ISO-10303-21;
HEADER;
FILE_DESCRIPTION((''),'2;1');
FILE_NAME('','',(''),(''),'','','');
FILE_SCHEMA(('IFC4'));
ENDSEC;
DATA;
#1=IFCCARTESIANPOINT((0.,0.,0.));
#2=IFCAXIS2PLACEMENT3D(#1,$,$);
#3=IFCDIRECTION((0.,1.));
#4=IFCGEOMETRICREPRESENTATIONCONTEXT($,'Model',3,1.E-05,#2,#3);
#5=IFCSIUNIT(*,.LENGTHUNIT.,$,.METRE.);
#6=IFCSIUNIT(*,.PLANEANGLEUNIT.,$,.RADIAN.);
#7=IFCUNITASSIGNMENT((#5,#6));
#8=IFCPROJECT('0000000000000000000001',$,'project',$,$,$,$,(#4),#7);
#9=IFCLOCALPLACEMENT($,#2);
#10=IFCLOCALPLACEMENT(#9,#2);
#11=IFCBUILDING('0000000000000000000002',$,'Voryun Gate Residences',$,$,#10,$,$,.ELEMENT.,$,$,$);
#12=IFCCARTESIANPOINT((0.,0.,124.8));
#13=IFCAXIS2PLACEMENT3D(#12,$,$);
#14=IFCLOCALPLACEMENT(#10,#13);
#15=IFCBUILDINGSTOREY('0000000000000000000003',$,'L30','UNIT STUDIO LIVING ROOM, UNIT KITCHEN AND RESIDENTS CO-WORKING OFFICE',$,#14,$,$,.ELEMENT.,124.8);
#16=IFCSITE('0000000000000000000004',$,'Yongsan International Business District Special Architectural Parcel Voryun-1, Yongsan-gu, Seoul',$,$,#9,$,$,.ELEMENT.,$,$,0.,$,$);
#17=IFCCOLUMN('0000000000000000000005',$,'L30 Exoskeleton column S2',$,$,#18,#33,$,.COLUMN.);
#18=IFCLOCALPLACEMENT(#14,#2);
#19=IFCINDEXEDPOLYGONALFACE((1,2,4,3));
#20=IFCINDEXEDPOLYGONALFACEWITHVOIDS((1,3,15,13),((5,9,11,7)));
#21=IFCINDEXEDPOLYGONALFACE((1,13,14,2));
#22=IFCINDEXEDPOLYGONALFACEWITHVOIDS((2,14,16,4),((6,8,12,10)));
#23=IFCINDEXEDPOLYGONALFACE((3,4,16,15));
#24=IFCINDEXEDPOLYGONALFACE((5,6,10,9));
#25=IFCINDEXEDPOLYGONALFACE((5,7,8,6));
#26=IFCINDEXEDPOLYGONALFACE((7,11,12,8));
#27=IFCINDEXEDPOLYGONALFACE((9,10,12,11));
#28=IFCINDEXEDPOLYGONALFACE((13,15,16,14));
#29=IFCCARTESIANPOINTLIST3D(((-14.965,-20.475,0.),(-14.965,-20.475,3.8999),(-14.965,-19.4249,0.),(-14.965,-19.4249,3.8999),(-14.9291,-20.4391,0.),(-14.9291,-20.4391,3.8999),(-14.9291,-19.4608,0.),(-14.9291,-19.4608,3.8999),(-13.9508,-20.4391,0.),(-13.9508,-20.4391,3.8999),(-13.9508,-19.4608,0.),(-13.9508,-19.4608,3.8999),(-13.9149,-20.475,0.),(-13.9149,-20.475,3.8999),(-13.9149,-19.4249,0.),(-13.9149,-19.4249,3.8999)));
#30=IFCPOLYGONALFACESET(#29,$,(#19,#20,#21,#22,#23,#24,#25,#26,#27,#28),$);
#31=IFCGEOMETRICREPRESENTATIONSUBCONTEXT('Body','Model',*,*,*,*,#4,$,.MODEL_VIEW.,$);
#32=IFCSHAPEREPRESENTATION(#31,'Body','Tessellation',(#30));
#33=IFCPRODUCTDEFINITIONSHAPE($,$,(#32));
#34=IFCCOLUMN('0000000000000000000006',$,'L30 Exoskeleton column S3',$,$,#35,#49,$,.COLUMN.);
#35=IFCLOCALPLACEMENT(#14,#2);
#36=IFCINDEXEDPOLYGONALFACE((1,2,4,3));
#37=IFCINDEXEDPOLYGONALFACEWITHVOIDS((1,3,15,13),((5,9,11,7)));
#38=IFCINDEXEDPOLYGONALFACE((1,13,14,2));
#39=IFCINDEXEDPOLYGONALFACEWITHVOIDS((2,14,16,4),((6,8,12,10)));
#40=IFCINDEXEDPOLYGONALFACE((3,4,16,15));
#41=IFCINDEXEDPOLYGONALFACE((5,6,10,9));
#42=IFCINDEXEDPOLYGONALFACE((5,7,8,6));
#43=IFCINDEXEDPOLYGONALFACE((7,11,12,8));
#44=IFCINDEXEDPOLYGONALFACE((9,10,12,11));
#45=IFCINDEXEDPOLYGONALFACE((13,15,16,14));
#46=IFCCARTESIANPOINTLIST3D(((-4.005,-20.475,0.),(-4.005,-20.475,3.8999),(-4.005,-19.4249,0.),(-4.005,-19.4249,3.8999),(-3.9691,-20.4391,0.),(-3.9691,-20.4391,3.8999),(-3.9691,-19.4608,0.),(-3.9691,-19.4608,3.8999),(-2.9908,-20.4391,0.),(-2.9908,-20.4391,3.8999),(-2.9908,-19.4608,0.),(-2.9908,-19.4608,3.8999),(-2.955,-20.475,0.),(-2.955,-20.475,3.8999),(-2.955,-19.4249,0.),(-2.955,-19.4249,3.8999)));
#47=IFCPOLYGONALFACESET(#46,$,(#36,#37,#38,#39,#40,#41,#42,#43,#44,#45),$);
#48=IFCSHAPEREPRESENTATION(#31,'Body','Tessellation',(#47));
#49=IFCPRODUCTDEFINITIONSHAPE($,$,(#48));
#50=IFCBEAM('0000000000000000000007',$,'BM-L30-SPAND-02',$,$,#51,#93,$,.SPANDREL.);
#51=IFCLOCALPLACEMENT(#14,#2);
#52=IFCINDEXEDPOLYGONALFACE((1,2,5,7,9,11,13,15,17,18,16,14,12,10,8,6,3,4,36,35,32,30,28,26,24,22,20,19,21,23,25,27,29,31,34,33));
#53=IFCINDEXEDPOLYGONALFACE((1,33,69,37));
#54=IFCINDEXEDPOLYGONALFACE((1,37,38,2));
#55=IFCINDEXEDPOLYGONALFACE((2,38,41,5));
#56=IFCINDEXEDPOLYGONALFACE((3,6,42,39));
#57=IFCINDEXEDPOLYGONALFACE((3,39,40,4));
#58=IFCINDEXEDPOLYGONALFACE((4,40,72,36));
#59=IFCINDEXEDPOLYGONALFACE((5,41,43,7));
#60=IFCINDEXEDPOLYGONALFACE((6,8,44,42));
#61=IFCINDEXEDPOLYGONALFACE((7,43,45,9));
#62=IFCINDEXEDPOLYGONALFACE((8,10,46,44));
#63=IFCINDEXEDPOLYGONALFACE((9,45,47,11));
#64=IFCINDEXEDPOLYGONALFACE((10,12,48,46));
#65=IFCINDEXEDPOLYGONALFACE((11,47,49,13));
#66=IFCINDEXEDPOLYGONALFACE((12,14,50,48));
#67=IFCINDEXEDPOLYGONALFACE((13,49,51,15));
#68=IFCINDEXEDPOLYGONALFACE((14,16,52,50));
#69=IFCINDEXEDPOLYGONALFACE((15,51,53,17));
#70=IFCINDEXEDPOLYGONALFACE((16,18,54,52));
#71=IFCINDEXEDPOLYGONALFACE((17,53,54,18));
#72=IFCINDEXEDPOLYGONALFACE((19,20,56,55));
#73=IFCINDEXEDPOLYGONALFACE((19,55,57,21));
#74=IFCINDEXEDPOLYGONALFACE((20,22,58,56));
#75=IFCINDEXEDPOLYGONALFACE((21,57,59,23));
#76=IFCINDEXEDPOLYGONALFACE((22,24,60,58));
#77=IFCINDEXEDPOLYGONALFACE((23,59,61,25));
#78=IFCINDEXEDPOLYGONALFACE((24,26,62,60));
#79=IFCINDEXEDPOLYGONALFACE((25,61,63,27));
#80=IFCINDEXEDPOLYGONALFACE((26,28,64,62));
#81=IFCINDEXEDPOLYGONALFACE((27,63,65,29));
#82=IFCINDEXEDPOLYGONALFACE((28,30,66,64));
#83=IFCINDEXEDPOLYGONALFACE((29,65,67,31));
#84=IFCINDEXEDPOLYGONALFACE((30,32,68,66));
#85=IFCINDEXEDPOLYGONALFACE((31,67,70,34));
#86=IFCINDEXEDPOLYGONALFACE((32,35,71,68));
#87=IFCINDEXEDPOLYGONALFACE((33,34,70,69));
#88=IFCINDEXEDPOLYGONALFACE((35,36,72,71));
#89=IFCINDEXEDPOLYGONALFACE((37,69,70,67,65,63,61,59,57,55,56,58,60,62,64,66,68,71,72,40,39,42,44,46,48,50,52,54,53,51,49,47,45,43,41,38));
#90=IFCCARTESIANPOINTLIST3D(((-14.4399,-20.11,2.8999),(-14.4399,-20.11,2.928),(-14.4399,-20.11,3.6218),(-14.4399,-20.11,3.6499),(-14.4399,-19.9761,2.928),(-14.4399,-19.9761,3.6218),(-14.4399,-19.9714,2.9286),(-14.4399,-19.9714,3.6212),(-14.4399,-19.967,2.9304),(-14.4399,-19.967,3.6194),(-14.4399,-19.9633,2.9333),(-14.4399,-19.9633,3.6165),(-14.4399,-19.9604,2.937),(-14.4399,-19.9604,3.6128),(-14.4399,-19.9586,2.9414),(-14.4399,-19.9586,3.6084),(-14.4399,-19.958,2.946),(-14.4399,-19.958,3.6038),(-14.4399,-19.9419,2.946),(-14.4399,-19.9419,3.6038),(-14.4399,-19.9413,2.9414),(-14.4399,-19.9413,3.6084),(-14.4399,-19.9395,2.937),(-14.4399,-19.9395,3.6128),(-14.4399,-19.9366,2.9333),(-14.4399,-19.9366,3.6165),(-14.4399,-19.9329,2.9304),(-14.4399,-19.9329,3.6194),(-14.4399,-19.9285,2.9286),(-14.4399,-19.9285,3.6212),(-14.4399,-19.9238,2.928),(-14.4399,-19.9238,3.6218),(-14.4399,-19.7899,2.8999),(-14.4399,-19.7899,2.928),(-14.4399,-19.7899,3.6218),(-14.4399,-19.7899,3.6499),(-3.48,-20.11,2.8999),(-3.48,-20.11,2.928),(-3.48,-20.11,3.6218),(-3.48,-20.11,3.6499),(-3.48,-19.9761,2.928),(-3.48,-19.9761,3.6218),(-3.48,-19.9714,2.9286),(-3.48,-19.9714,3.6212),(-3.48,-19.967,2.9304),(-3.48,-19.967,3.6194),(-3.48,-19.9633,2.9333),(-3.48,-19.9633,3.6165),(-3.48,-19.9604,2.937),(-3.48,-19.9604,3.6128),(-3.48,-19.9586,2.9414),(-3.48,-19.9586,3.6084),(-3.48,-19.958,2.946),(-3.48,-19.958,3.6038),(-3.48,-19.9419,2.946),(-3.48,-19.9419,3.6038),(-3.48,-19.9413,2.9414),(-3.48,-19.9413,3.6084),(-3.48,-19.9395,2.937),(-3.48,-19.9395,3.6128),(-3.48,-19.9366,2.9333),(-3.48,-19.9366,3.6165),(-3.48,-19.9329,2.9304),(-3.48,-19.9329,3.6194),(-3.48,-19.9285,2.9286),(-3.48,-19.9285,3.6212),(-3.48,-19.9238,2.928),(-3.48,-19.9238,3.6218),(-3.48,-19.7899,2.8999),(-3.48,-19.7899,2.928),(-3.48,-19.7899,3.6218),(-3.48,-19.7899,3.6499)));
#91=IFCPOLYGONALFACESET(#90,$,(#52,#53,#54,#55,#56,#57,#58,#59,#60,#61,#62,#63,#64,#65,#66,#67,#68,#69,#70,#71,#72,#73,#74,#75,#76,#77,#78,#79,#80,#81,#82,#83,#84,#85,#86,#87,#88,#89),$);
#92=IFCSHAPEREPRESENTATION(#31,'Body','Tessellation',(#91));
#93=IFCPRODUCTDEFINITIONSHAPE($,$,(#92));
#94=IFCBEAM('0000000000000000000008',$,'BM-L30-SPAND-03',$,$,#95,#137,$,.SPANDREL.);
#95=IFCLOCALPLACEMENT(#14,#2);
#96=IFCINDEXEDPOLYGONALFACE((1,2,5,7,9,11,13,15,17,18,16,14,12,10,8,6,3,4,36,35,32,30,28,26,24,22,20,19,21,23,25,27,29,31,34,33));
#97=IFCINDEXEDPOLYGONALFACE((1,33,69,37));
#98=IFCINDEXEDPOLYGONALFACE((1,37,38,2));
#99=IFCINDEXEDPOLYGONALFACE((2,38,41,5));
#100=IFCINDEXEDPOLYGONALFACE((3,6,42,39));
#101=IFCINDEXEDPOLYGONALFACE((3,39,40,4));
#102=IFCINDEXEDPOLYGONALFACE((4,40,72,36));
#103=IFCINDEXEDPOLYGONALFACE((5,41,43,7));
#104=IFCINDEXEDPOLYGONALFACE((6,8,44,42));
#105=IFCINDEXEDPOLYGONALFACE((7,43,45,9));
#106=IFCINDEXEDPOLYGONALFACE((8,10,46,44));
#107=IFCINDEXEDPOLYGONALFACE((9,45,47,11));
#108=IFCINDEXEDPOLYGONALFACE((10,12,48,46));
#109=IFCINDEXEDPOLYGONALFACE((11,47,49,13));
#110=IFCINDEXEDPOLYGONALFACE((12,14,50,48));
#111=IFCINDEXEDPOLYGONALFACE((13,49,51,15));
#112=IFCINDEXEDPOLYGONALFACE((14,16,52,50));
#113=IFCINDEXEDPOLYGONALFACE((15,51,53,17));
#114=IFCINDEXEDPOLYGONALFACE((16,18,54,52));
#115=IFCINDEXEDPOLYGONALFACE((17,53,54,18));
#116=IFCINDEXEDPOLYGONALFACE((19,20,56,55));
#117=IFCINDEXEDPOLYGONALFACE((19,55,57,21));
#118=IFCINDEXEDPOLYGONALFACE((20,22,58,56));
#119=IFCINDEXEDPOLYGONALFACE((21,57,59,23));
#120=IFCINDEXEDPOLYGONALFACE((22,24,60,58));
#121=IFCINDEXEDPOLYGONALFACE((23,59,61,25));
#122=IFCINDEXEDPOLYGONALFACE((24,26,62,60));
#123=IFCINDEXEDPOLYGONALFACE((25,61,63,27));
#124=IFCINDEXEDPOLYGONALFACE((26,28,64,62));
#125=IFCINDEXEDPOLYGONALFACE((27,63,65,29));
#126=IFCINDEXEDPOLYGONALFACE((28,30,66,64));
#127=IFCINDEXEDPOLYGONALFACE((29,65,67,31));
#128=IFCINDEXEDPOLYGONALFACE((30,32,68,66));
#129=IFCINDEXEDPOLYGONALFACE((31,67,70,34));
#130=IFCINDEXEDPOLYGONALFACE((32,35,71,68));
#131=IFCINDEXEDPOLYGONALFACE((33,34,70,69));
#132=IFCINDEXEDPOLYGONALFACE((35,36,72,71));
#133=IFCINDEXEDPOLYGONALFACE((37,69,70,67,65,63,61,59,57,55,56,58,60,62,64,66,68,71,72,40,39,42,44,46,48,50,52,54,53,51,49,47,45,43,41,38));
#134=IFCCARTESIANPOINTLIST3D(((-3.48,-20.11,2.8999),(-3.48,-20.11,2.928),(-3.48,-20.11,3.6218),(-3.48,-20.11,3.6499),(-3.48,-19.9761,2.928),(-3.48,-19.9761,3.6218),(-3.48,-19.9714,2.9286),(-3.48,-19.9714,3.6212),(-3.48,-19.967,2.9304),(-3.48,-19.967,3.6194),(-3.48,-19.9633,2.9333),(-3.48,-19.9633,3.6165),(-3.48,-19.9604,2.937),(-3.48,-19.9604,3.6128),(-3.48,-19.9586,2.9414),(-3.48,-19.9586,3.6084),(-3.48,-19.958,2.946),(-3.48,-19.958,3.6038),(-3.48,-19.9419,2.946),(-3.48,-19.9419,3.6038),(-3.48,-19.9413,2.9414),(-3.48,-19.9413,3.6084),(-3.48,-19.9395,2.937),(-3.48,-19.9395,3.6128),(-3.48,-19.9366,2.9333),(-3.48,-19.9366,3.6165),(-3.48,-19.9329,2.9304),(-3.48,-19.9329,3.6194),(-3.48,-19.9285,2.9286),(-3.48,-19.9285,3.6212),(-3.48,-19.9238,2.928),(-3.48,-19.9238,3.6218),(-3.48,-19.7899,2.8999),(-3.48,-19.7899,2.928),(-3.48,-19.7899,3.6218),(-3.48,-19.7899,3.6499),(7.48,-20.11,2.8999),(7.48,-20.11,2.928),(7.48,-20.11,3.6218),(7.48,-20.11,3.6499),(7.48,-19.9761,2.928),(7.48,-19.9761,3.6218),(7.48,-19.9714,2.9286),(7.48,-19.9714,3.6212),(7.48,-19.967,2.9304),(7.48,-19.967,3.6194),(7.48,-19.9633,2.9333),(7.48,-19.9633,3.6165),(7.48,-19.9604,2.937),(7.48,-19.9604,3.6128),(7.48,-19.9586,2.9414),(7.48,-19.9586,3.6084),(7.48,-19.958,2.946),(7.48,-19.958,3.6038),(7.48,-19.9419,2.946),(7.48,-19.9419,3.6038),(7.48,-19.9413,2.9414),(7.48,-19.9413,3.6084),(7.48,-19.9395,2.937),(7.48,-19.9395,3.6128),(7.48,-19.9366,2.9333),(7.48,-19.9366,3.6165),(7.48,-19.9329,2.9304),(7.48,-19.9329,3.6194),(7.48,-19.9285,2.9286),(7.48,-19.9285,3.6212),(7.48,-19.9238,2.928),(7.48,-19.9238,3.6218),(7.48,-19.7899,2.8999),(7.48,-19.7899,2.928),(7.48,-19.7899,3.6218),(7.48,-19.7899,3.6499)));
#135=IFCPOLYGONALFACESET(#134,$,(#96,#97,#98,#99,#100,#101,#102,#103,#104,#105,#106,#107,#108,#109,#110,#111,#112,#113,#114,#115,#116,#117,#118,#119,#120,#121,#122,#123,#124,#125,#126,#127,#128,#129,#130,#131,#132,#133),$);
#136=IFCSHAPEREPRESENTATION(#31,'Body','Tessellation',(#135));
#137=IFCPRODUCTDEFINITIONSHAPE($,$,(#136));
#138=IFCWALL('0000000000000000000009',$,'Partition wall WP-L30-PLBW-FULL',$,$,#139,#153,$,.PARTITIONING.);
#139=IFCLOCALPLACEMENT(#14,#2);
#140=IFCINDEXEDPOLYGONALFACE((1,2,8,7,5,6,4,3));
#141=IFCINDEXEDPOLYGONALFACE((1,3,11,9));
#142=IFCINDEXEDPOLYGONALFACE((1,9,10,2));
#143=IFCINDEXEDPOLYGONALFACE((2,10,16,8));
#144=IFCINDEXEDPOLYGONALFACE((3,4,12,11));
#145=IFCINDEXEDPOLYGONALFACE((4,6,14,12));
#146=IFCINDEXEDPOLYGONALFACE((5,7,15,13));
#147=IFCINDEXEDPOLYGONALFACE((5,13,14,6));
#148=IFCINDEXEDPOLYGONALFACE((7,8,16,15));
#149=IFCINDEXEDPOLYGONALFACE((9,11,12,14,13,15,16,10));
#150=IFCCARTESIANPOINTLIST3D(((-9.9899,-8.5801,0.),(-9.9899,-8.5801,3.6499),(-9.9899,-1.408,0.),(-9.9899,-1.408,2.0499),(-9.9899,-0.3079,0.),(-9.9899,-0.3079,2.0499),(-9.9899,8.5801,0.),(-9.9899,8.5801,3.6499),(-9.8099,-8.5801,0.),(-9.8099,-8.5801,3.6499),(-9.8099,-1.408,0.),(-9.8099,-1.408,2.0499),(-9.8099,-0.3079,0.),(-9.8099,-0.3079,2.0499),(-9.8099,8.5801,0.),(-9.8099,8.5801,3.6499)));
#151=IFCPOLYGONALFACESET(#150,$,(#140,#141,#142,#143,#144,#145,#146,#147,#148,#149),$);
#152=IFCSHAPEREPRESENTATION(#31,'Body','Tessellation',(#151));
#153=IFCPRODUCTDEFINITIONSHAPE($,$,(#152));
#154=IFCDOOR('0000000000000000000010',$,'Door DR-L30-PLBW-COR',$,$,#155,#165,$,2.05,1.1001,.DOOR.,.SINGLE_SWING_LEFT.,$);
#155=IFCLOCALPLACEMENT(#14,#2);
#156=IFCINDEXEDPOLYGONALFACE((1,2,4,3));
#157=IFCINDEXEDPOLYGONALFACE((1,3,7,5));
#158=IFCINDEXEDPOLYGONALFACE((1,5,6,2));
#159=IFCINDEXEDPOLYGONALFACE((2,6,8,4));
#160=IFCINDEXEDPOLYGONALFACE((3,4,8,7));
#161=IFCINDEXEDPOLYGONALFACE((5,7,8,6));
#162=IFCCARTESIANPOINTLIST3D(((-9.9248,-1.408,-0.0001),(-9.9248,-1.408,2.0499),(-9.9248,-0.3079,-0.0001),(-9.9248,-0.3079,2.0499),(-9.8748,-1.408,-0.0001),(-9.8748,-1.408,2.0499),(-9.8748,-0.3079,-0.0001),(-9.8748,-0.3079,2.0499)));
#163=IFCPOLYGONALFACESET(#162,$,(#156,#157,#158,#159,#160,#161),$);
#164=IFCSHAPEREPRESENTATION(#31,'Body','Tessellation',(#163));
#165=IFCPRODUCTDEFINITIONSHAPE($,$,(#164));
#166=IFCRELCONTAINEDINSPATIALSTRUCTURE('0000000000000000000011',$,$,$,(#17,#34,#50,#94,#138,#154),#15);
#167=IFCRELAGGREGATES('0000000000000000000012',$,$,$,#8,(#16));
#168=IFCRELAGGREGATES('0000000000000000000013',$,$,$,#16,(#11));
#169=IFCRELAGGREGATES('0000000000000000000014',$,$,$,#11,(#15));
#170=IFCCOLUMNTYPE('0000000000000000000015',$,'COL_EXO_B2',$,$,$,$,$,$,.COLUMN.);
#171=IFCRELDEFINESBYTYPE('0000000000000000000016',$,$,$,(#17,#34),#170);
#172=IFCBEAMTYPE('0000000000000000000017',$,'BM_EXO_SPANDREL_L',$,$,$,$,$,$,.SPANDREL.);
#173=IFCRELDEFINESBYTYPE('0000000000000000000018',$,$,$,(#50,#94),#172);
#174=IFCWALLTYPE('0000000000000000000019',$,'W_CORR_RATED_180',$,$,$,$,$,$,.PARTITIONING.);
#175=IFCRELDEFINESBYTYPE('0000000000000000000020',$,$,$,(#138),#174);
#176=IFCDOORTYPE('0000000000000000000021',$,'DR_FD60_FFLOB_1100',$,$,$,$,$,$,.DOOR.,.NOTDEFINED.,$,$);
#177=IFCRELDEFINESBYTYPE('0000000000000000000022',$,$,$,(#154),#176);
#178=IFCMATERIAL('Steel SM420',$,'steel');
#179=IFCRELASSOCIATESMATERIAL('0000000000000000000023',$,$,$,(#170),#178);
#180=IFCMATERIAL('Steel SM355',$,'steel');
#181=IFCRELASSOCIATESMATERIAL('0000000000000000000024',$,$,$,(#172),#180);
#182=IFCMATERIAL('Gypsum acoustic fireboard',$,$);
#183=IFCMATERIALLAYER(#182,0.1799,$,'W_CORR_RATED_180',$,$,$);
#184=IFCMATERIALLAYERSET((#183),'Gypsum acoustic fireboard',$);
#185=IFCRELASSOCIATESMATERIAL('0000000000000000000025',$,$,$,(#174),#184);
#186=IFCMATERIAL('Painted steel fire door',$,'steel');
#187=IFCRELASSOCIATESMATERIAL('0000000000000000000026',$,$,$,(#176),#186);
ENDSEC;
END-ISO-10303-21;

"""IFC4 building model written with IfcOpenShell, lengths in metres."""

from ifc_helpers import new_model, si_unit, direction, frame, frame_2d, origin, origin_2d, place, context, subcontext, project, spatial, rectangle, hollow_rectangle, i_section, extrude, material, layer, layer_set, material_profile, profile_set, type_object, element, fill, save


model = new_model("IFC4")

# Units and contexts
model_context = context("Model", 3, precision=1e-05, world=origin(), true_north=direction((0.0, 1.0)))
body_context = subcontext(model_context, "Body", "Model", "MODEL_VIEW")
ifc_project = project(units=[si_unit("LENGTHUNIT", "METRE"), si_unit("PLANEANGLEUNIT", "RADIAN")], contexts=[model_context])

# Site, building, storey
site_placement = place(None, origin())
site = spatial("IfcSite", under=ifc_project, at=site_placement, Name="Yongsan International Business District Special Architectural Parcel Voryun-1, Yongsan-gu, Seoul", CompositionType="ELEMENT", RefElevation=0.0)
building_placement = place(site_placement, origin())
building = spatial("IfcBuilding", under=site, at=building_placement, Name="Voryun Gate Residences", CompositionType="ELEMENT")
storey_placement = place(building_placement, frame((0.0, 0.0, 124.8)))
storey = spatial("IfcBuildingStorey", under=building, at=storey_placement, Name="L30", Description="UNIT STUDIO LIVING ROOM, UNIT KITCHEN AND RESIDENTS CO-WORKING OFFICE", CompositionType="ELEMENT", Elevation=124.8)

# Columns
ifc_material_1 = material(Name="Steel SM420", Category="steel")
ifc_material_profile_1 = material_profile(ifc_material_1, hollow_rectangle(XDim=1.05, YDim=1.05, WallThickness=0.0359, at=origin_2d()), Name="BOX-1050x1050x36")
ifc_profile_set_1 = profile_set([ifc_material_profile_1], Name="Steel SM420")
column_type = type_object("IfcColumnType", Name="COL_EXO_B2", PredefinedType="COLUMN", material=ifc_profile_set_1)
for number, where, z_axis, x_axis, name in (
    (1, (-14.4399, -19.95, 0.0), (0.0, 0.0, 1.0), (1.0, 0.0, 0.0), "L30 Exoskeleton column S2"),
    (2, (-3.48, -19.95, 0.0), (0.0, 0.0, 1.0), (1.0, 0.0, 0.0), "L30 Exoskeleton column S3"),
):
    element("IfcColumn", number, at=place(storey_placement, frame(where, z_axis=z_axis, x_axis=x_axis)), inside=storey, type_object=column_type, Name=name, PredefinedType="COLUMN", context=body_context, shape_type="SweptSolid", body=[
        extrude(hollow_rectangle(XDim=1.05, YDim=1.05, WallThickness=0.0359, at=origin_2d()), origin(), (0.0, 0.0, 1.0), 3.8999),
    ])

# Beams
ifc_material_2 = material(Name="Steel SM355", Category="steel")
ifc_material_profile_2 = material_profile(ifc_material_2, i_section(OverallWidth=0.3201, OverallDepth=0.75, WebThickness=0.0161, FlangeThickness=0.0281, FilletRadius=0.0181, at=origin_2d()), Name="H-750x320x16x28")
ifc_profile_set_2 = profile_set([ifc_material_profile_2], Name="Steel SM355")
beam_type = type_object("IfcBeamType", Name="BM_EXO_SPANDREL_L", PredefinedType="SPANDREL", material=ifc_profile_set_2)
for number, where, z_axis, x_axis, name in (
    (3, (-14.4399, -19.95, 3.2749), (1.0, 0.0, 0.0), (0.0, 1.0, 0.0), "BM-L30-SPAND-02"),
    (4, (-3.48, -19.95, 3.2749), (1.0, 0.0, 0.0), (0.0, 1.0, 0.0), "BM-L30-SPAND-03"),
):
    element("IfcBeam", number, at=place(storey_placement, frame(where, z_axis=z_axis, x_axis=x_axis)), inside=storey, type_object=beam_type, Name=name, PredefinedType="SPANDREL", context=body_context, shape_type="SweptSolid", body=[
        extrude(i_section(OverallWidth=0.3201, OverallDepth=0.75, WebThickness=0.0161, FlangeThickness=0.0281, FilletRadius=0.0181, at=origin_2d()), origin(), (0.0, 0.0, 1.0), 10.96),
    ])

# Wall, opening, door
ifc_material_3 = material(Name="Gypsum acoustic fireboard")
ifc_layer_1 = layer(ifc_material_3, 0.1799, Name="W_CORR_RATED_180")
ifc_layer_set_1 = layer_set([ifc_layer_1], Name="Gypsum acoustic fireboard")
wall_type_1 = type_object("IfcWallType", Name="W_CORR_RATED_180", PredefinedType="PARTITIONING", material=ifc_layer_set_1)
wall_1_placement = place(storey_placement, frame((-9.8999, -8.5801, 0.0), z_axis=(0.0, 0.0, 1.0), x_axis=(0.0, 1.0, 0.0)))
wall_1 = element("IfcWall", 5, at=wall_1_placement, inside=storey, type_object=wall_type_1, Name="Partition wall WP-L30-PLBW-FULL", PredefinedType="PARTITIONING", context=body_context, shape_type="SweptSolid", body=[
    extrude(rectangle(XDim=17.1602, YDim=0.1799, at=frame_2d((8.5801, 0.0))), origin(), (0.0, 0.0, 1.0), 3.6499),
])
opening_1_placement = place(wall_1_placement, frame((7.1721, 0.0, 0.0)))
opening_1 = element("IfcOpeningElement", 6, at=opening_1_placement, cuts=wall_1, PredefinedType="OPENING", context=body_context, shape_type="SweptSolid", body=[
    extrude(rectangle(XDim=1.1001, YDim=2.05, at=frame_2d((0.55, 1.0249))), frame((0.0, 0.0999, 0.0), z_axis=(0.0, -1.0, 0.0), x_axis=(1.0, 0.0, 0.0)), (0.0, 0.0, 1.0), 0.2),
])
ifc_material_4 = material(Name="Painted steel fire door", Category="steel")
door_type_1 = type_object("IfcDoorType", Name="DR_FD60_FFLOB_1100", OperationType="NOTDEFINED", PredefinedType="DOOR", material=ifc_material_4)
door_1_placement = place(opening_1_placement, origin())
door_1 = element("IfcDoor", 7, at=door_1_placement, inside=storey, type_object=door_type_1, Name="Door DR-L30-PLBW-COR", OperationType="SINGLE_SWING_LEFT", OverallHeight=2.05, OverallWidth=1.1001, PredefinedType="DOOR", context=body_context, shape_type="SweptSolid", body=[
    extrude(rectangle(XDim=1.1001, YDim=2.05, at=frame_2d((0.55, 1.0249))), frame((0.0, 0.0249, 0.0), z_axis=(0.0, -1.0, 0.0), x_axis=(1.0, 0.0, 0.0)), (0.0, 0.0, 1.0), 0.05),
])
fill(opening_1, door_1)

save(model, "model.ifc")
